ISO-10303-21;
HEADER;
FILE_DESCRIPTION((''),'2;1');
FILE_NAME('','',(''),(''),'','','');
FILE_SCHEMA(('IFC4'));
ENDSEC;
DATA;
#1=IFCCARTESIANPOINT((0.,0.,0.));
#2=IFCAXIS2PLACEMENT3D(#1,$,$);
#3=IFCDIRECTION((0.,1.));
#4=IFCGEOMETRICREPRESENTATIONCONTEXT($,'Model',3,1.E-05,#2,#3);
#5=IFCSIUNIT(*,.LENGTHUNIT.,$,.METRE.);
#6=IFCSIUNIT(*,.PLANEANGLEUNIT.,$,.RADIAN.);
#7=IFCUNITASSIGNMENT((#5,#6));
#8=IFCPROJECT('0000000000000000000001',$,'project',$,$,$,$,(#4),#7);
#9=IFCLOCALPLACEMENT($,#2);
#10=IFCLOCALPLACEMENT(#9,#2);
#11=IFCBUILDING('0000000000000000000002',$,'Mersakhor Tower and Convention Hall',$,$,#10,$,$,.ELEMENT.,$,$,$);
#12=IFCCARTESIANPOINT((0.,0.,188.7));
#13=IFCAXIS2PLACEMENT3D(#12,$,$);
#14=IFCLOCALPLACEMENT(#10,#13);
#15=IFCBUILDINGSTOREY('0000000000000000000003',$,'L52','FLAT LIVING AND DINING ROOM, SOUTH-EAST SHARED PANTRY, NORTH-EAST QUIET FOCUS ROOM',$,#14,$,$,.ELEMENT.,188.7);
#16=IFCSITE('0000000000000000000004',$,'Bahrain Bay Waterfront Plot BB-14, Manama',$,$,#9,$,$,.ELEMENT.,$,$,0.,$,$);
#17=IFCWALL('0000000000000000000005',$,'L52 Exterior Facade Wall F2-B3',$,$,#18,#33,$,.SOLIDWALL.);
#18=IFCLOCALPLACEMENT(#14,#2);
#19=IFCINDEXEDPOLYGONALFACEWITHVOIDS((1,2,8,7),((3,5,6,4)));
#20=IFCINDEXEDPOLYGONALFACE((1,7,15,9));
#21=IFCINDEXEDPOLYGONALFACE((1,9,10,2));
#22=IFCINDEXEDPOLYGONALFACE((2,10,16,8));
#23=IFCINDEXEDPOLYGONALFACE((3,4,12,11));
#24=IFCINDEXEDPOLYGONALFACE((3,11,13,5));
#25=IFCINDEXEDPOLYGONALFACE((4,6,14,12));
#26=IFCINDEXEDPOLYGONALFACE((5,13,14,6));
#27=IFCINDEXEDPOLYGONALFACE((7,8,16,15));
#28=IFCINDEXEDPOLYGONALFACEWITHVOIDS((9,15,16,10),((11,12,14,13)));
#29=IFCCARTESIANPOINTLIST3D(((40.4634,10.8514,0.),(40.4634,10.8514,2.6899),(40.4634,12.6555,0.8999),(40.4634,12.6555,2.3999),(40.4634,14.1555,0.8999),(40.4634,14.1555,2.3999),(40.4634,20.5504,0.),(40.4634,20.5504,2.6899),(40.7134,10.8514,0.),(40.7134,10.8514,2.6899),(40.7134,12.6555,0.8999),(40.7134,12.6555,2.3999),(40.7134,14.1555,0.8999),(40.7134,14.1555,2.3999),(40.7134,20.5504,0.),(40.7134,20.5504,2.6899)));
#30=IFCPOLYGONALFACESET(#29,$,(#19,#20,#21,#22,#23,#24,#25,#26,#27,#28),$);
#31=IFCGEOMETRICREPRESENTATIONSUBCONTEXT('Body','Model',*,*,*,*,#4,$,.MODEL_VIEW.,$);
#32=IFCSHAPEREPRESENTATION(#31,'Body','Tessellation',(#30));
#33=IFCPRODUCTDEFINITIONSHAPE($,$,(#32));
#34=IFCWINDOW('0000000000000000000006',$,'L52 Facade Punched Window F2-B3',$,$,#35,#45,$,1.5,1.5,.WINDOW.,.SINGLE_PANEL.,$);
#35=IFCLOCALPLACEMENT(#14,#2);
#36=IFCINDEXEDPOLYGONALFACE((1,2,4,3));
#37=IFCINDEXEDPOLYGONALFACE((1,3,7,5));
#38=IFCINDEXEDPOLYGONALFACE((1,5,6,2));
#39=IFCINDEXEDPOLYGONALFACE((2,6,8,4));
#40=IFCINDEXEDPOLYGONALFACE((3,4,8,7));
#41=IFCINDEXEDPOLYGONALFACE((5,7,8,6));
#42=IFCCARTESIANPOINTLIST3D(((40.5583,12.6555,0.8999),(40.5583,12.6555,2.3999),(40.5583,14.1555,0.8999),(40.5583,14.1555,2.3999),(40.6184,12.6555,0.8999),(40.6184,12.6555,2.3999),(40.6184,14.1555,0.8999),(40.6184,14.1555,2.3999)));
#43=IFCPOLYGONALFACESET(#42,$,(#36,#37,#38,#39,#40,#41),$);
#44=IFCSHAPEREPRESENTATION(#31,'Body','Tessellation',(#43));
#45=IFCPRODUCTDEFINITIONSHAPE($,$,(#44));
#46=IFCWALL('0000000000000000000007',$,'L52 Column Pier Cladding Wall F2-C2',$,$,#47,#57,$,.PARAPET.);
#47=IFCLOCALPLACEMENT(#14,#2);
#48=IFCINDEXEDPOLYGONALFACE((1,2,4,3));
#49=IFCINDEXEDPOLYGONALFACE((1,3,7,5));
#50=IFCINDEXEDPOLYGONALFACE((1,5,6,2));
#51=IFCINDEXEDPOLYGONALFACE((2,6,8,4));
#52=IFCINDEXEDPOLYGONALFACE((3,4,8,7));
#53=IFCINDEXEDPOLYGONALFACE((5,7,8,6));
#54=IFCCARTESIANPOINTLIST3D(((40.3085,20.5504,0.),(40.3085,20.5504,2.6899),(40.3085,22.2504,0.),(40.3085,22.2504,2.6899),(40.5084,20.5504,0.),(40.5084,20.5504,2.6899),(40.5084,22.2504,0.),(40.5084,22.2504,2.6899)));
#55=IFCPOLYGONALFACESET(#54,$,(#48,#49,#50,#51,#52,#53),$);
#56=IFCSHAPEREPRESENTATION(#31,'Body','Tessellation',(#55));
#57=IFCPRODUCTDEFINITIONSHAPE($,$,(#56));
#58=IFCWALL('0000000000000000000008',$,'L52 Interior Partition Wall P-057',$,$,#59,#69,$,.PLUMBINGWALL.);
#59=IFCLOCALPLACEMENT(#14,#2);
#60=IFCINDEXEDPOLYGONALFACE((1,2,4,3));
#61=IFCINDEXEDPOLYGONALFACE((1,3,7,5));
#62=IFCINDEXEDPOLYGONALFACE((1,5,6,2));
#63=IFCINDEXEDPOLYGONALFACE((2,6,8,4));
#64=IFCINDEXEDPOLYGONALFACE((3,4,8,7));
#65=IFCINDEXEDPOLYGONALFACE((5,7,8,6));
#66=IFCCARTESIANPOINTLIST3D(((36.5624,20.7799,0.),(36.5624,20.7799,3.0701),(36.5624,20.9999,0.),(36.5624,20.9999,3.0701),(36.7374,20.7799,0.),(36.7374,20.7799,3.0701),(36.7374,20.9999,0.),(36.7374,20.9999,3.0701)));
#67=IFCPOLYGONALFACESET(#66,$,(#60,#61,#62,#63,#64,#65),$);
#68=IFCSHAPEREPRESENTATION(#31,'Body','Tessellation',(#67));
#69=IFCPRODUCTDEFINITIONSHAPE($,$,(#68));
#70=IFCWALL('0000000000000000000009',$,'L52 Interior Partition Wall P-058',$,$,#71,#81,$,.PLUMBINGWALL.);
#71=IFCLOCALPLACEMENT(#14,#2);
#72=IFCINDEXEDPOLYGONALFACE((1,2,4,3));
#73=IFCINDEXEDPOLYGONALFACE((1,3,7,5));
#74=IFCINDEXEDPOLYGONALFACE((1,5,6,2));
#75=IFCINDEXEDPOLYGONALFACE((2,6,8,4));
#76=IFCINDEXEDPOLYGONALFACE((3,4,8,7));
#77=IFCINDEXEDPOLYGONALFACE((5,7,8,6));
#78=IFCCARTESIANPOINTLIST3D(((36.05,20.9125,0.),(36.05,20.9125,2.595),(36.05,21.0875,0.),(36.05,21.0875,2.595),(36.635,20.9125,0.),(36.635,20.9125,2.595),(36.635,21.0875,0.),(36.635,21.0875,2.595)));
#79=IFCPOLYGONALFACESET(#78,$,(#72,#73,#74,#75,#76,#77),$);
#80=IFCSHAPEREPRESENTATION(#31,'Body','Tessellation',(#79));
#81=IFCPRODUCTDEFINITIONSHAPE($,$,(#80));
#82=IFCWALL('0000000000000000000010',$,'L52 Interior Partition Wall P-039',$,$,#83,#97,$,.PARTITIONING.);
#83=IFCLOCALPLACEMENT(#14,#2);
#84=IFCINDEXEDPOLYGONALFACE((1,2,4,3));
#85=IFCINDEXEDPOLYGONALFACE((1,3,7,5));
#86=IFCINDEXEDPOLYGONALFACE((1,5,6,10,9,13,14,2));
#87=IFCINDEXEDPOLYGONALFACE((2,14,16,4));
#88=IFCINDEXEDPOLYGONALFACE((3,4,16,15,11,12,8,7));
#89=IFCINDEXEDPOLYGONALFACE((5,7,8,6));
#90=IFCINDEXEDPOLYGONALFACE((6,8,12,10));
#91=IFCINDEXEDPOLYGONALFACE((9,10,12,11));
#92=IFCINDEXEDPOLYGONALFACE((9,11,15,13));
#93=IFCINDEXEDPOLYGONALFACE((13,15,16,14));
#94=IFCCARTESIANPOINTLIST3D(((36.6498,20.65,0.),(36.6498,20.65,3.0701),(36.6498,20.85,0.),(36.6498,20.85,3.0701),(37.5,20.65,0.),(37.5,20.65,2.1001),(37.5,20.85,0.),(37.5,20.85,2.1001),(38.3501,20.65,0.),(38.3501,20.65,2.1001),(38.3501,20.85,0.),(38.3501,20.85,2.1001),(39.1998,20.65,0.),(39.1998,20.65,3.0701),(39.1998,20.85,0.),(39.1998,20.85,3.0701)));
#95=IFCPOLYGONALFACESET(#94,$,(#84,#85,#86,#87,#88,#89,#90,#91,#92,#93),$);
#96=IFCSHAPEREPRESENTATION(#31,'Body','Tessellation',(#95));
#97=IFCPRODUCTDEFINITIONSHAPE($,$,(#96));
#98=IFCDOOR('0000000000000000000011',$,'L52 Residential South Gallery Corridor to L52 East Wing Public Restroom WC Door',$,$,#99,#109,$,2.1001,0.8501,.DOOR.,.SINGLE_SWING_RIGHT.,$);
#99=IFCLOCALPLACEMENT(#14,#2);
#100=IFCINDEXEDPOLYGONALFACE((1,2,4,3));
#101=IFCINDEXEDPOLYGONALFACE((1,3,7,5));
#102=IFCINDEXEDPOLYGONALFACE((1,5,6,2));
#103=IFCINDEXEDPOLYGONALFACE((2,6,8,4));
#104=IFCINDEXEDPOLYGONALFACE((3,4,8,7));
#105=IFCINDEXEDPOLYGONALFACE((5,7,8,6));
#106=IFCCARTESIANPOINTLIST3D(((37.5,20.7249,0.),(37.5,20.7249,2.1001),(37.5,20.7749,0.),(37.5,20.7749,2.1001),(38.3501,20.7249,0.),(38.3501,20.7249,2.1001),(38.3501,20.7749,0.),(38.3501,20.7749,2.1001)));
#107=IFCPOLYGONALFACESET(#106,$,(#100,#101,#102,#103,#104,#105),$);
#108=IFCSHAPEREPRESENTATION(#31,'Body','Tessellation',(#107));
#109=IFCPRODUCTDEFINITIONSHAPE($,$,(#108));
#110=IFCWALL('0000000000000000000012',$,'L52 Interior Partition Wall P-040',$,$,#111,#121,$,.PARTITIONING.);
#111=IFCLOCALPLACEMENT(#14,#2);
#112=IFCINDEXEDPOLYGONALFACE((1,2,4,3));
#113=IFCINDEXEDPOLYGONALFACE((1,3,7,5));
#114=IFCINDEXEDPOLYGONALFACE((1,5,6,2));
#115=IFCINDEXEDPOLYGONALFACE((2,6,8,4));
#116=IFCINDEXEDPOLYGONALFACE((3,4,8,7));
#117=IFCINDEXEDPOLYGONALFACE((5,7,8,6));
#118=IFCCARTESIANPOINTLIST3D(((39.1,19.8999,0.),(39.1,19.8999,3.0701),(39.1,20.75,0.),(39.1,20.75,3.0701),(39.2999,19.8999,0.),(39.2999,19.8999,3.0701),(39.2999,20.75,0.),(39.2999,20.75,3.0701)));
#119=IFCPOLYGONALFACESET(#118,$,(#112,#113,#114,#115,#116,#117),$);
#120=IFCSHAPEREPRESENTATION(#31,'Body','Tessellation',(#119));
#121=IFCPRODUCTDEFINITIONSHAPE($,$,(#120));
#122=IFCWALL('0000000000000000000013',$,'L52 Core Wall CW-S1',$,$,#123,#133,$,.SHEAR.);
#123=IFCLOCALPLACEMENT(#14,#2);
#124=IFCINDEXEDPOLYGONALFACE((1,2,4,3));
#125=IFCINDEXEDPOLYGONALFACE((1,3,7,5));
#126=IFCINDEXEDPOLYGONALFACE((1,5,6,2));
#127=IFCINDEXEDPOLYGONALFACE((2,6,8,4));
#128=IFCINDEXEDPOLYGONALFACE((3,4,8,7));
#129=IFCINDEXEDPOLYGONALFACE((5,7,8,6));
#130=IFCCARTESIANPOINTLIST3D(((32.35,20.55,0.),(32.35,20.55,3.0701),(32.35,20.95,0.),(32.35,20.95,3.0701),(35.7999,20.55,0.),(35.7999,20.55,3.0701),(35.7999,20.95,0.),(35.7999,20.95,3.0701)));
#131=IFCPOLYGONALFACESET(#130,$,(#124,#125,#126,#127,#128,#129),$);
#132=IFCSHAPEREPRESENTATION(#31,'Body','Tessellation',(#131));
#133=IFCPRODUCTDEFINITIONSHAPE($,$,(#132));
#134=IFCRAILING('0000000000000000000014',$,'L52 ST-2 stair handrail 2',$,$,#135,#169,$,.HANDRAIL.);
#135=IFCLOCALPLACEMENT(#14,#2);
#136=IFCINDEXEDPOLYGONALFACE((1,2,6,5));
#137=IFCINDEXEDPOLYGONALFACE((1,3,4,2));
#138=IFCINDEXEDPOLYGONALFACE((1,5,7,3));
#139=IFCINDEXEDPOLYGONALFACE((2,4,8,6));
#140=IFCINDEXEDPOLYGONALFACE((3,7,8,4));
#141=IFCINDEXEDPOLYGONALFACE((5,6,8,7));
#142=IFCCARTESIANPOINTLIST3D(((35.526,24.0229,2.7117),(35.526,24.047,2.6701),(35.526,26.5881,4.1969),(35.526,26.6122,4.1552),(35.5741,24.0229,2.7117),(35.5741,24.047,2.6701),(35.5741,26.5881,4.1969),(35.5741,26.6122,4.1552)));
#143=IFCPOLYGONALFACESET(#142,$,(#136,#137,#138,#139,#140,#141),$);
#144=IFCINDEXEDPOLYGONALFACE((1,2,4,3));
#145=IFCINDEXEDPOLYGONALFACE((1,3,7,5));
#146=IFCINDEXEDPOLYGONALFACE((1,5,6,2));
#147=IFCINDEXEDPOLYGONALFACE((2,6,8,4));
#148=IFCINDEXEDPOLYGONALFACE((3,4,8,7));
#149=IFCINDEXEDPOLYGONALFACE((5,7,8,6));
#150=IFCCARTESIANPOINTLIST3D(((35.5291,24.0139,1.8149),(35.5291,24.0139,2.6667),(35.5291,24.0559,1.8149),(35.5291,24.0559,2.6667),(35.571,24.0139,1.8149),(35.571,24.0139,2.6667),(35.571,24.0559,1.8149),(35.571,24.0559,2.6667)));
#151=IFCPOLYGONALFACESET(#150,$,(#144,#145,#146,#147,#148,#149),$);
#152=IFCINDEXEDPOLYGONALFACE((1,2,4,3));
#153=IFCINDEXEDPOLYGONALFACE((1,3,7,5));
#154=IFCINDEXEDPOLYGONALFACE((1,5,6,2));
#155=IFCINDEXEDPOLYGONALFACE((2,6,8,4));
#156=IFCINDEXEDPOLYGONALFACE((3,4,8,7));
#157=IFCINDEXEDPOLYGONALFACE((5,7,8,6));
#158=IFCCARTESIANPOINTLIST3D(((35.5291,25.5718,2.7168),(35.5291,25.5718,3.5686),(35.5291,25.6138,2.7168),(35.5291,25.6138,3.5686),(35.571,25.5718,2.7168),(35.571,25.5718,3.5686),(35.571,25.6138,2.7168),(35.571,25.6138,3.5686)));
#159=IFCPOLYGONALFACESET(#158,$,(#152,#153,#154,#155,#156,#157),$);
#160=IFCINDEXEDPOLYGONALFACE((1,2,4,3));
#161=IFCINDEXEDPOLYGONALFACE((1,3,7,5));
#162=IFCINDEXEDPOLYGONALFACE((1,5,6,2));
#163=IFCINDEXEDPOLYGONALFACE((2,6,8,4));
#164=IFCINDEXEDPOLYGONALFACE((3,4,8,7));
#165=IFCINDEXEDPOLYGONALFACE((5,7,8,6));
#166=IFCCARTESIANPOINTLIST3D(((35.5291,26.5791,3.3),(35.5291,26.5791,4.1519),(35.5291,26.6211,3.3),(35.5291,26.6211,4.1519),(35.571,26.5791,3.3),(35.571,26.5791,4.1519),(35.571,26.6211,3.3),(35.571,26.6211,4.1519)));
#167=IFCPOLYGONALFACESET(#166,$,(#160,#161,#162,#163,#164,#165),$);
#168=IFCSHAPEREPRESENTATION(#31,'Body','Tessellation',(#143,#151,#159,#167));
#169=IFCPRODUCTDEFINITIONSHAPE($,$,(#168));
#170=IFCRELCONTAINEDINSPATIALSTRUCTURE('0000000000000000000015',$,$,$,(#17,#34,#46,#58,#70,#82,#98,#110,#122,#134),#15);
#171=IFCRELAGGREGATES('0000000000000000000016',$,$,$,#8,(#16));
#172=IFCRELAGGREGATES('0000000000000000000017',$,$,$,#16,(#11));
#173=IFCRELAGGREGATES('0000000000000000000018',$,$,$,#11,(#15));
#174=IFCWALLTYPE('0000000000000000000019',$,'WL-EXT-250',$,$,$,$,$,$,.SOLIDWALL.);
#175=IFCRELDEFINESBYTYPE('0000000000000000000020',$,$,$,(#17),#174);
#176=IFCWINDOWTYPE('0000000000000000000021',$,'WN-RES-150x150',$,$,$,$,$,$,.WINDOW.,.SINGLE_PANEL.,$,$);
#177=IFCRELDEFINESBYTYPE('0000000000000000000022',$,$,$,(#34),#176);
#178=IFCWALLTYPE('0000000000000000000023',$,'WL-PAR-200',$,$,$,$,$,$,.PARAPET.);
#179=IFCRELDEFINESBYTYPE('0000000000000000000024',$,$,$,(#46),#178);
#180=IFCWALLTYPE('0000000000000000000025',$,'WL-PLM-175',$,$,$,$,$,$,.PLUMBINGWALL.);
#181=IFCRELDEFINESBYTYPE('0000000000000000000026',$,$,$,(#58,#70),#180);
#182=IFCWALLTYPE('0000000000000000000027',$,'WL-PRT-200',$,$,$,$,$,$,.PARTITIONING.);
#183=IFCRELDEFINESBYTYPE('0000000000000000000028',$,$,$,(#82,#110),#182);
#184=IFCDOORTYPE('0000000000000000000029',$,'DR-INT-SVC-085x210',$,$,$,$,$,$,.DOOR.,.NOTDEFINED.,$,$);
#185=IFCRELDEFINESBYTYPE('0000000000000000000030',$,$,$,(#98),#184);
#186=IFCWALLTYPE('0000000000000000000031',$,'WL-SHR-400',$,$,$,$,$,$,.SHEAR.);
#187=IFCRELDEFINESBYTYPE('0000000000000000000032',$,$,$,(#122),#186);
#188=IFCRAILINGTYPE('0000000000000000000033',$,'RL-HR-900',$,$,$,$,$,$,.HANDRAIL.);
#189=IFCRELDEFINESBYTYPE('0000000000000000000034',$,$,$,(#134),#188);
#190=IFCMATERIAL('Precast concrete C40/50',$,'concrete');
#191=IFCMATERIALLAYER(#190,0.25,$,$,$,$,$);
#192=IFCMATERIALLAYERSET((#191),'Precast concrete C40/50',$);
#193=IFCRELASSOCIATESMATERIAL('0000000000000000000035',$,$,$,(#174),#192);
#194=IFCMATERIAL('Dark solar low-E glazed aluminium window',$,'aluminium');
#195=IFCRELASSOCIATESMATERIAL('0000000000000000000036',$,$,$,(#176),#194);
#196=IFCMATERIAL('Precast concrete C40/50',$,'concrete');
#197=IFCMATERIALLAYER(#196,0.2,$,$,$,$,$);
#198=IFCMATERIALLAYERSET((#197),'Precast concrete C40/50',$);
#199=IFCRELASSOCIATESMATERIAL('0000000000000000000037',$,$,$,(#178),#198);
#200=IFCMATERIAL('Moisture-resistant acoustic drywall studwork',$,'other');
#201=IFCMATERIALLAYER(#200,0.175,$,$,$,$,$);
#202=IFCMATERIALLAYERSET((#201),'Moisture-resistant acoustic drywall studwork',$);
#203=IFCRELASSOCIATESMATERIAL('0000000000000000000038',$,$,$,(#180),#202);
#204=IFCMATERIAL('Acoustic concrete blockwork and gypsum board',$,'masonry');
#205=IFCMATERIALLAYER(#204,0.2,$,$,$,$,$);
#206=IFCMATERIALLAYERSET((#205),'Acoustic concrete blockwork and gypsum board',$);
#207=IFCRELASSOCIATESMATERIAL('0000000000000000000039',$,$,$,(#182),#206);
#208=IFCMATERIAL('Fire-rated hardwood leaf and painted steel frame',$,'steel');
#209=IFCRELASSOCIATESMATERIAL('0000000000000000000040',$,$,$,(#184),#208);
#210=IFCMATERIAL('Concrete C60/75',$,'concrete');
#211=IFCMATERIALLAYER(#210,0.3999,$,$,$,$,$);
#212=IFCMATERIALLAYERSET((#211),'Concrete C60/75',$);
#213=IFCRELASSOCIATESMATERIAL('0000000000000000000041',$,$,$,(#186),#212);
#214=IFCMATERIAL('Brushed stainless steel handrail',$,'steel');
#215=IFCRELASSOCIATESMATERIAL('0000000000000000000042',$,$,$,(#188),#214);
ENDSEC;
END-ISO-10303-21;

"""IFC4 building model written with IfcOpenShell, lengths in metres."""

from ifc_helpers import new_model, si_unit, direction, frame, frame_2d, origin, origin_2d, place, context, subcontext, project, spatial, rectangle, extrude, material, layer, layer_set, type_object, element, fill, save


model = new_model("IFC4")

# Units and contexts
model_context = context("Model", 3, precision=1e-05, world=origin(), true_north=direction((0.0, 1.0)))
body_context = subcontext(model_context, "Body", "Model", "MODEL_VIEW")
ifc_project = project(units=[si_unit("LENGTHUNIT", "METRE"), si_unit("PLANEANGLEUNIT", "RADIAN")], contexts=[model_context])

# Site, building, storey
site_placement = place(None, origin())
site = spatial("IfcSite", under=ifc_project, at=site_placement, Name="Bahrain Bay Waterfront Plot BB-14, Manama", CompositionType="ELEMENT", RefElevation=0.0)
building_placement = place(site_placement, origin())
building = spatial("IfcBuilding", under=site, at=building_placement, Name="Mersakhor Tower and Convention Hall", CompositionType="ELEMENT")
storey_placement = place(building_placement, frame((0.0, 0.0, 188.7)))
storey = spatial("IfcBuildingStorey", under=building, at=storey_placement, Name="L52", Description="FLAT LIVING AND DINING ROOM, SOUTH-EAST SHARED PANTRY, NORTH-EAST QUIET FOCUS ROOM", CompositionType="ELEMENT", Elevation=188.7)

# Wall, opening, window
ifc_material_1 = material(Name="Precast concrete C40/50", Category="concrete")
ifc_layer_1 = layer(ifc_material_1, 0.25)
ifc_layer_set_1 = layer_set([ifc_layer_1], Name="Precast concrete C40/50")
wall_type_1 = type_object("IfcWallType", Name="WL-EXT-250", PredefinedType="SOLIDWALL", material=ifc_layer_set_1)
wall_1_placement = place(storey_placement, frame((40.5884, 20.5505, 0.0), z_axis=(0.0, 0.0, 1.0), x_axis=(0.0, -1.0, 0.0)))
wall_1 = element("IfcWall", 1, at=wall_1_placement, inside=storey, type_object=wall_type_1, Name="L52 Exterior Facade Wall F2-B3", PredefinedType="SOLIDWALL", context=body_context, shape_type="SweptSolid", body=[
    extrude(rectangle(XDim=9.699, YDim=0.25, at=frame_2d((4.8496, 0.0))), origin(), (0.0, 0.0, 1.0), 2.6899),
])
opening_1_placement = place(wall_1_placement, frame((6.395, 0.0, 0.8999)))
opening_1 = element("IfcOpeningElement", 2, at=opening_1_placement, cuts=wall_1, PredefinedType="OPENING", context=body_context, shape_type="SweptSolid", body=[
    extrude(rectangle(XDim=1.5, YDim=1.5, at=frame_2d((0.75, 0.75))), frame((0.0, 0.135, 0.0), z_axis=(0.0, -1.0, 0.0), x_axis=(1.0, 0.0, 0.0)), (0.0, 0.0, 1.0), 0.27),
])
ifc_material_2 = material(Name="Dark solar low-E glazed aluminium window", Category="aluminium")
window_type = type_object("IfcWindowType", Name="WN-RES-150x150", PartitioningType="SINGLE_PANEL", PredefinedType="WINDOW", material=ifc_material_2)
window_placement = place(opening_1_placement, origin())
window = element("IfcWindow", 3, at=window_placement, inside=storey, type_object=window_type, Name="L52 Facade Punched Window F2-B3", OverallHeight=1.5, OverallWidth=1.5, PartitioningType="SINGLE_PANEL", PredefinedType="WINDOW", context=body_context, shape_type="SweptSolid", body=[
    extrude(rectangle(XDim=1.5, YDim=1.5, at=frame_2d((0.75, 0.75))), frame((0.0, 0.03, 0.0), z_axis=(0.0, -1.0, 0.0), x_axis=(1.0, 0.0, 0.0)), (0.0, 0.0, 1.0), 0.0601),
])
fill(opening_1, window)

# Walls
ifc_material_3 = material(Name="Precast concrete C40/50", Category="concrete")
ifc_layer_2 = layer(ifc_material_3, 0.2)
ifc_layer_set_2 = layer_set([ifc_layer_2], Name="Precast concrete C40/50")
wall_type_2 = type_object("IfcWallType", Name="WL-PAR-200", PredefinedType="PARAPET", material=ifc_layer_set_2)
wall_2_placement = place(storey_placement, frame((40.4084, 22.2505, 0.0), z_axis=(0.0, 0.0, 1.0), x_axis=(0.0, -1.0, 0.0)))
element("IfcWall", 4, at=wall_2_placement, inside=storey, type_object=wall_type_2, Name="L52 Column Pier Cladding Wall F2-C2", PredefinedType="PARAPET", context=body_context, shape_type="SweptSolid", body=[
    extrude(rectangle(XDim=1.7, YDim=0.2, at=frame_2d((0.8501, 0.0))), origin(), (0.0, 0.0, 1.0), 2.6899),
])
ifc_material_4 = material(Name="Moisture-resistant acoustic drywall studwork", Category="other")
ifc_layer_3 = layer(ifc_material_4, 0.175)
ifc_layer_set_3 = layer_set([ifc_layer_3], Name="Moisture-resistant acoustic drywall studwork")
wall_type_3 = type_object("IfcWallType", Name="WL-PLM-175", PredefinedType="PLUMBINGWALL", material=ifc_layer_set_3)
wall_3_placement = place(storey_placement, frame((36.6499, 20.78, 0.0), z_axis=(0.0, 0.0, 1.0), x_axis=(0.0, 1.0, 0.0)))
element("IfcWall", 5, at=wall_3_placement, inside=storey, type_object=wall_type_3, Name="L52 Interior Partition Wall P-057", PredefinedType="PLUMBINGWALL", context=body_context, shape_type="SweptSolid", body=[
    extrude(rectangle(XDim=0.22, YDim=0.175, at=frame_2d((0.1099, 0.0))), origin(), (0.0, 0.0, 1.0), 3.0701),
])
wall_4_placement = place(storey_placement, frame((36.635, 21.0, 0.0), z_axis=(0.0, 0.0, 1.0), x_axis=(-1.0, 0.0, 0.0)))
element("IfcWall", 6, at=wall_4_placement, inside=storey, type_object=wall_type_3, Name="L52 Interior Partition Wall P-058", PredefinedType="PLUMBINGWALL", context=body_context, shape_type="SweptSolid", body=[
    extrude(rectangle(XDim=0.585, YDim=0.175, at=frame_2d((0.2925, 0.0))), origin(), (0.0, 0.0, 1.0), 2.595),
])

# Wall, opening, door
ifc_material_5 = material(Name="Acoustic concrete blockwork and gypsum board", Category="masonry")
ifc_layer_4 = layer(ifc_material_5, 0.2)
ifc_layer_set_4 = layer_set([ifc_layer_4], Name="Acoustic concrete blockwork and gypsum board")
wall_type_4 = type_object("IfcWallType", Name="WL-PRT-200", PredefinedType="PARTITIONING", material=ifc_layer_set_4)
wall_5_placement = place(storey_placement, frame((36.6499, 20.75, 0.0), z_axis=(0.0, 0.0, 1.0), x_axis=(1.0, 0.0, 0.0)))
wall_5 = element("IfcWall", 7, at=wall_5_placement, inside=storey, type_object=wall_type_4, Name="L52 Interior Partition Wall P-039", PredefinedType="PARTITIONING", context=body_context, shape_type="SweptSolid", body=[
    extrude(rectangle(XDim=2.55, YDim=0.2, at=frame_2d((1.2749, 0.0))), origin(), (0.0, 0.0, 1.0), 3.0701),
])
opening_2_placement = place(wall_5_placement, frame((0.8501, 0.0, 0.0)))
opening_2 = element("IfcOpeningElement", 8, at=opening_2_placement, cuts=wall_5, PredefinedType="OPENING", context=body_context, shape_type="SweptSolid", body=[
    extrude(rectangle(XDim=0.8501, YDim=2.1001, at=frame_2d((0.425, 1.05))), frame((0.0, 0.1099, 0.0), z_axis=(0.0, -1.0, 0.0), x_axis=(1.0, 0.0, 0.0)), (0.0, 0.0, 1.0), 0.22),
])
ifc_material_6 = material(Name="Fire-rated hardwood leaf and painted steel frame", Category="steel")
door_type = type_object("IfcDoorType", Name="DR-INT-SVC-085x210", OperationType="NOTDEFINED", PredefinedType="DOOR", material=ifc_material_6)
door_placement = place(opening_2_placement, origin())
door = element("IfcDoor", 9, at=door_placement, inside=storey, type_object=door_type, Name="L52 Residential South Gallery Corridor to L52 East Wing Public Restroom WC Door", OperationType="SINGLE_SWING_RIGHT", OverallHeight=2.1001, OverallWidth=0.8501, PredefinedType="DOOR", context=body_context, shape_type="SweptSolid", body=[
    extrude(rectangle(XDim=0.8501, YDim=2.1001, at=frame_2d((0.425, 1.05))), frame((0.0, 0.0249, 0.0), z_axis=(0.0, -1.0, 0.0), x_axis=(1.0, 0.0, 0.0)), (0.0, 0.0, 1.0), 0.05),
])
fill(opening_2, door)

# Walls
wall_6_placement = place(storey_placement, frame((39.2, 20.75, 0.0), z_axis=(0.0, 0.0, 1.0), x_axis=(0.0, -1.0, 0.0)))
element("IfcWall", 10, at=wall_6_placement, inside=storey, type_object=wall_type_4, Name="L52 Interior Partition Wall P-040", PredefinedType="PARTITIONING", context=body_context, shape_type="SweptSolid", body=[
    extrude(rectangle(XDim=0.8501, YDim=0.2, at=frame_2d((0.425, 0.0))), origin(), (0.0, 0.0, 1.0), 3.0701),
])
ifc_material_7 = material(Name="Concrete C60/75", Category="concrete")
ifc_layer_5 = layer(ifc_material_7, 0.3999)
ifc_layer_set_5 = layer_set([ifc_layer_5], Name="Concrete C60/75")
wall_type_5 = type_object("IfcWallType", Name="WL-SHR-400", PredefinedType="SHEAR", material=ifc_layer_set_5)
wall_7_placement = place(storey_placement, frame((35.8, 20.75, 0.0), z_axis=(0.0, 0.0, 1.0), x_axis=(-1.0, 0.0, 0.0)))
element("IfcWall", 11, at=wall_7_placement, inside=storey, type_object=wall_type_5, Name="L52 Core Wall CW-S1", PredefinedType="SHEAR", context=body_context, shape_type="SweptSolid", body=[
    extrude(rectangle(XDim=3.45, YDim=0.3999, at=frame_2d((1.7251, 0.0))), origin(), (0.0, 0.0, 1.0), 3.0701),
])

# Railing
ifc_material_8 = material(Name="Brushed stainless steel handrail", Category="steel")
railing_type = type_object("IfcRailingType", Name="RL-HR-900", PredefinedType="HANDRAIL", material=ifc_material_8)
railing_placement = place(storey_placement, frame((35.55, 24.0349, 1.8149)))
element("IfcRailing", 12, at=railing_placement, inside=storey, type_object=railing_type, Name="L52 ST-2 stair handrail 2", PredefinedType="HANDRAIL", context=body_context, shape_type="SweptSolid", body=[
    extrude(rectangle(XDim=0.0481, YDim=0.0481, at=origin_2d()), frame((0.0, 0.0, 0.876), z_axis=(0.0, 0.865426, 0.501036), x_axis=(-1.0, 0.0, 0.0)), (0.0, 0.0, 1.0), 2.9641),
    extrude(rectangle(XDim=0.042, YDim=0.042, at=origin_2d()), origin(), (0.0, 0.0, 1.0), 0.8518),
    extrude(rectangle(XDim=0.042, YDim=0.042, at=origin_2d()), frame((0.0, 1.5579, 0.9019)), (0.0, 0.0, 1.0), 0.8518),
    extrude(rectangle(XDim=0.042, YDim=0.042, at=origin_2d()), frame((0.0, 2.5652, 1.4851)), (0.0, 0.0, 1.0), 0.8518),
])

save(model, "model.ifc")
